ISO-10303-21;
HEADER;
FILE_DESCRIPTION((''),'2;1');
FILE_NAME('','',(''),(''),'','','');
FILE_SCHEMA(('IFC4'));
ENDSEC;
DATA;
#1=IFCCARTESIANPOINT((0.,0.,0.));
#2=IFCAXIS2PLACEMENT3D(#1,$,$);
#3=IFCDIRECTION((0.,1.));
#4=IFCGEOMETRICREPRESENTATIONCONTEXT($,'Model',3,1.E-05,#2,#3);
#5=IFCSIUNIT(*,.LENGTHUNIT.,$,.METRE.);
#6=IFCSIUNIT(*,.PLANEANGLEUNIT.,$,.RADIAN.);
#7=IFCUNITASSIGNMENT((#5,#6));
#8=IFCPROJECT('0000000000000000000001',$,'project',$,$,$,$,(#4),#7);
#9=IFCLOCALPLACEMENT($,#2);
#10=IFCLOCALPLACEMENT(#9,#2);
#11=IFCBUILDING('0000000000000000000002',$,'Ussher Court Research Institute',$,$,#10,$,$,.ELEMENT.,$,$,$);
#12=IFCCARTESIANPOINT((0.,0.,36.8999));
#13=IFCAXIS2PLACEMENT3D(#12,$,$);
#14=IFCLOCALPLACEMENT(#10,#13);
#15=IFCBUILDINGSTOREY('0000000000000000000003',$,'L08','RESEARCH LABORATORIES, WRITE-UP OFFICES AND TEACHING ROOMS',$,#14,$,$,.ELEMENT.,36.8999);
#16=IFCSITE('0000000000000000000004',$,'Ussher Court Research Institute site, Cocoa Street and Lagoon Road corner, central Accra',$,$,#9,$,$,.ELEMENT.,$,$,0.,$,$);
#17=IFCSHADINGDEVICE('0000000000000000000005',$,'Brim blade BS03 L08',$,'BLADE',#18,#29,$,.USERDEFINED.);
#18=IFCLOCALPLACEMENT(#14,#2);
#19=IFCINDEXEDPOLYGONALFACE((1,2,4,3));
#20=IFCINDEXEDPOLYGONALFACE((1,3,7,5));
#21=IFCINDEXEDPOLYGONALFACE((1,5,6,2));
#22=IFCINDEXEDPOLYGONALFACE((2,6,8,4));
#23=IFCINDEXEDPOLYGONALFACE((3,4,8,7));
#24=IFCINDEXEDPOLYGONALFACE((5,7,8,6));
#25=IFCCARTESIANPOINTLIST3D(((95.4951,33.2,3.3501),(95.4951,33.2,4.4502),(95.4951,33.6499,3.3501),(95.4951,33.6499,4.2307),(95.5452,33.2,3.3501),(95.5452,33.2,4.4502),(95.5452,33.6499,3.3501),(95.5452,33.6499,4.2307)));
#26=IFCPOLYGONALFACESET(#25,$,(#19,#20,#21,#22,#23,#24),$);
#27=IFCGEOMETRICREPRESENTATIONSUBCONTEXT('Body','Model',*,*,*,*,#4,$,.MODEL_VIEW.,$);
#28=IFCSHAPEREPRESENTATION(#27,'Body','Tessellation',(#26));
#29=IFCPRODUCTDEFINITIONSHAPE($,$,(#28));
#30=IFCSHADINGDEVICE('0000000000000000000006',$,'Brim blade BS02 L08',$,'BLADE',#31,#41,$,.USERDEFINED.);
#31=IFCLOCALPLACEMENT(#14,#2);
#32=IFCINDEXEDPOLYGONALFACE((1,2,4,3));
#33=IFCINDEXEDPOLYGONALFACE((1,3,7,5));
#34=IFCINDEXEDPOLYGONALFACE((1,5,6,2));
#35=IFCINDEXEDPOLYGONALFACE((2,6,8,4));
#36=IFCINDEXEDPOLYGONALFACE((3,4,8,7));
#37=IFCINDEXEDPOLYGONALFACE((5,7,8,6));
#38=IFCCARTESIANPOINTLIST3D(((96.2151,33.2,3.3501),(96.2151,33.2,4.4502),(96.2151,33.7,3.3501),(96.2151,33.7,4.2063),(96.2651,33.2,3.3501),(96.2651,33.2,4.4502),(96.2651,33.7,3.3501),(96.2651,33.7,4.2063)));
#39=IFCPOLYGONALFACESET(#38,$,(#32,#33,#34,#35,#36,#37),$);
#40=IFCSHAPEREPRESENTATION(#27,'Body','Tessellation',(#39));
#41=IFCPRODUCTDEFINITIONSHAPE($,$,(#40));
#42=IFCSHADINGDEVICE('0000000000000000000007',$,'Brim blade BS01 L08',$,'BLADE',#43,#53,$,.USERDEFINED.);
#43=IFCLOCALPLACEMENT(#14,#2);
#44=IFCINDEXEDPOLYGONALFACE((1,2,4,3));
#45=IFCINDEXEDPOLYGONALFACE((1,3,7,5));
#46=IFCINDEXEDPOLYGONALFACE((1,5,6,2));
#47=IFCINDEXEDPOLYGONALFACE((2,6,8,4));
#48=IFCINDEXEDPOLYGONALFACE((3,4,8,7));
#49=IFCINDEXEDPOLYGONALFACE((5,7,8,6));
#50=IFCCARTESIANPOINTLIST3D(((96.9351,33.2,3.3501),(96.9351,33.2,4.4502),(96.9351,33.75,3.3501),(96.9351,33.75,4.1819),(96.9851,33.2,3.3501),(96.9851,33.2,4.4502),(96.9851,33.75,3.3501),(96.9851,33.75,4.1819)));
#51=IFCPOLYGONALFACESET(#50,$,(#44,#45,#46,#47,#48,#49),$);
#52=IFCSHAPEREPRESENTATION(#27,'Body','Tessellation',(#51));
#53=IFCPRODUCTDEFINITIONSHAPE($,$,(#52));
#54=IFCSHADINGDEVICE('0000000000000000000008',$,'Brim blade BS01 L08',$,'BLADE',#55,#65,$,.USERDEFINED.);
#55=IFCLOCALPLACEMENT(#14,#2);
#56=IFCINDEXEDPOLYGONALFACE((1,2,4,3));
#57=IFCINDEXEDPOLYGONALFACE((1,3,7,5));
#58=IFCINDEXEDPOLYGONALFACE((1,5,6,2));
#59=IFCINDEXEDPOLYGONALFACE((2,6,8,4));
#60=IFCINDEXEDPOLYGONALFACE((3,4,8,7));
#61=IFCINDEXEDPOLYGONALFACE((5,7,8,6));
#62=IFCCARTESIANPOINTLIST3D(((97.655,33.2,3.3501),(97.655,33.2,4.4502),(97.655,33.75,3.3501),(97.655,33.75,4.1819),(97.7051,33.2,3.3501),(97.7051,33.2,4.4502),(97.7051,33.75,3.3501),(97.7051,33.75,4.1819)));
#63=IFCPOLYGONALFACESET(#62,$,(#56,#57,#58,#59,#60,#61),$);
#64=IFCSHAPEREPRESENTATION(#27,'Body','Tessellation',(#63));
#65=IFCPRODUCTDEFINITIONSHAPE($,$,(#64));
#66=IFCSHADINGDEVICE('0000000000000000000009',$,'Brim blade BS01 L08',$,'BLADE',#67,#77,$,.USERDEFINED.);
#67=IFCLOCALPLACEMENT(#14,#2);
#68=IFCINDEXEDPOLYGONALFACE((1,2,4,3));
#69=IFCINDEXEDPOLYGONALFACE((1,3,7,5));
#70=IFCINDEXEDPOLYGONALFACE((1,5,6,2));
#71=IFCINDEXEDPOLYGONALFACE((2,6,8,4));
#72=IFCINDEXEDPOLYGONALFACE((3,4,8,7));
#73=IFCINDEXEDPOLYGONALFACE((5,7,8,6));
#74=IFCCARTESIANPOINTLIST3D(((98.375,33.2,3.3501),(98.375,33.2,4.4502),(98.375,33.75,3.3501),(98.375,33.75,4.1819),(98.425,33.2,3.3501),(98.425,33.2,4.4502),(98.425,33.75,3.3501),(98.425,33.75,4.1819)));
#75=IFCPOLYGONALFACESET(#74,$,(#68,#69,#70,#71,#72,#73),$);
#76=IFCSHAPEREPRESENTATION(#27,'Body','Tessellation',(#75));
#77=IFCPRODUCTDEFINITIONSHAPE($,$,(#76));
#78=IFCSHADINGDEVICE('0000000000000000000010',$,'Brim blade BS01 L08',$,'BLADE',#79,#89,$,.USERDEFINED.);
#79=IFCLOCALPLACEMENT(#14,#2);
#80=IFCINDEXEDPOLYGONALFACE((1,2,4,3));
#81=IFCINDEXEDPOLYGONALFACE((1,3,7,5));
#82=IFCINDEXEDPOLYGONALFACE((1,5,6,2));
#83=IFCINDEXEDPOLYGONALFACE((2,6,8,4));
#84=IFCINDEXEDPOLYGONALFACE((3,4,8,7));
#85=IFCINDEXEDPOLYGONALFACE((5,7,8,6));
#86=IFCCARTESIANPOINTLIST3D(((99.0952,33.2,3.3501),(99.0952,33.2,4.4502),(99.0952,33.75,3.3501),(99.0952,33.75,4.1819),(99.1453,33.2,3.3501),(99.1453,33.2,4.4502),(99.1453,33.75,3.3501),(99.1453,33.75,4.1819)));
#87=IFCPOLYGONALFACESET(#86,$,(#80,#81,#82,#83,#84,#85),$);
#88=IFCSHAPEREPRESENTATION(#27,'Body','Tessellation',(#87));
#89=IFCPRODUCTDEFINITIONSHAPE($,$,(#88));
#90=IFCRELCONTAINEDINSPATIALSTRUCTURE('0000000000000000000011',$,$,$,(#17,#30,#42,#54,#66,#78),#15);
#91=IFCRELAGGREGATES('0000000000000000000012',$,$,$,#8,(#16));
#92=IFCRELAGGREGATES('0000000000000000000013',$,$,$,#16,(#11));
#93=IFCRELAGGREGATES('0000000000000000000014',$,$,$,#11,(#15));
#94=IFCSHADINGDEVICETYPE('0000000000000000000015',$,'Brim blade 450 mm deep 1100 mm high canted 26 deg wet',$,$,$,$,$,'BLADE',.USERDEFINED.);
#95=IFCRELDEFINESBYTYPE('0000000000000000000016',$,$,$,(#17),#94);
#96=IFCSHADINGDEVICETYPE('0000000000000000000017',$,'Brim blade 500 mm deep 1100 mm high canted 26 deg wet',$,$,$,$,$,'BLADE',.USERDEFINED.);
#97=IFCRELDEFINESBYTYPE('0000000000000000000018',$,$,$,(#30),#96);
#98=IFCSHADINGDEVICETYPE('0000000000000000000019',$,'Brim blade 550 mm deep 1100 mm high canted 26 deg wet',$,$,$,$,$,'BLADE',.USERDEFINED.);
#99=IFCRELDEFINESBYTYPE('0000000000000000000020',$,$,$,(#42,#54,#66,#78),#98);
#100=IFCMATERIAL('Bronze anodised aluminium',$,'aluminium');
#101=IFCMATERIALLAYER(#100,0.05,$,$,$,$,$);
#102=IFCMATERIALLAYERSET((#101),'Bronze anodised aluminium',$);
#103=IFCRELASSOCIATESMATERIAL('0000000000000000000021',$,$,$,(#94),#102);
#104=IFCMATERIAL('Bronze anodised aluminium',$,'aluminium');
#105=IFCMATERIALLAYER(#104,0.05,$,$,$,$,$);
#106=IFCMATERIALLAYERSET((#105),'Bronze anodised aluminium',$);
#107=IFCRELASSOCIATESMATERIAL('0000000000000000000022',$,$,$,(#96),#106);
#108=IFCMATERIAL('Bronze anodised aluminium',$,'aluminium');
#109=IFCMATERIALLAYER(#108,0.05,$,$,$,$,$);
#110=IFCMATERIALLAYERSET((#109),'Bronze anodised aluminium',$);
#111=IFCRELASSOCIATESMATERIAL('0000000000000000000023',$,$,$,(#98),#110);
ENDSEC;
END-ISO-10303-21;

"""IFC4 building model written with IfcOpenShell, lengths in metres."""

from ifc_helpers import new_model, si_unit, direction, frame, origin, place, context, subcontext, project, spatial, polyline, outline, extrude, material, layer, layer_set, type_object, element, save


model = new_model("IFC4")

# Units and contexts
model_context = context("Model", 3, precision=1e-05, world=origin(), true_north=direction((0.0, 1.0)))
body_context = subcontext(model_context, "Body", "Model", "MODEL_VIEW")
ifc_project = project(units=[si_unit("LENGTHUNIT", "METRE"), si_unit("PLANEANGLEUNIT", "RADIAN")], contexts=[model_context])

# Site, building, storey
site_placement = place(None, origin())
site = spatial("IfcSite", under=ifc_project, at=site_placement, Name="Ussher Court Research Institute site, Cocoa Street and Lagoon Road corner, central Accra", CompositionType="ELEMENT", RefElevation=0.0)
building_placement = place(site_placement, origin())
building = spatial("IfcBuilding", under=site, at=building_placement, Name="Ussher Court Research Institute", CompositionType="ELEMENT")
storey_placement = place(building_placement, frame((0.0, 0.0, 36.8999)))
storey = spatial("IfcBuildingStorey", under=building, at=storey_placement, Name="L08", Description="RESEARCH LABORATORIES, WRITE-UP OFFICES AND TEACHING ROOMS", CompositionType="ELEMENT", Elevation=36.8999)

# Shading devices
ifc_material_1 = material(Name="Bronze anodised aluminium", Category="aluminium")
ifc_layer_1 = layer(ifc_material_1, 0.05)
ifc_layer_set_1 = layer_set([ifc_layer_1], Name="Bronze anodised aluminium")
shading_device_type_1 = type_object("IfcShadingDeviceType", Name="Brim blade 450 mm deep 1100 mm high canted 26 deg wet", ElementType="BLADE", PredefinedType="USERDEFINED", material=ifc_layer_set_1)
for number, where, z_axis, x_axis, name in (
    (1, (95.52, 33.2, 3.3501), (0.0, 0.0, 1.0), (0.0, 1.0, 0.0), "Brim blade BS03 L08"),
):
    element("IfcShadingDevice", number, at=place(storey_placement, frame(where, z_axis=z_axis, x_axis=x_axis)), inside=storey, type_object=shading_device_type_1, Name=name, ObjectType="BLADE", PredefinedType="USERDEFINED", context=body_context, shape_type="SweptSolid", body=[
        extrude(outline(polyline([(0.0, 0.0), (0.45, 0.0), (0.45, 0.8806), (0.0, 1.1001), (0.0, 0.0)])), frame((0.0, 0.0249, 0.0), z_axis=(0.0, -1.0, 0.0), x_axis=(1.0, 0.0, 0.0)), (0.0, 0.0, 1.0), 0.05),
    ])
ifc_material_2 = material(Name="Bronze anodised aluminium", Category="aluminium")
ifc_layer_2 = layer(ifc_material_2, 0.05)
ifc_layer_set_2 = layer_set([ifc_layer_2], Name="Bronze anodised aluminium")
shading_device_type_2 = type_object("IfcShadingDeviceType", Name="Brim blade 500 mm deep 1100 mm high canted 26 deg wet", ElementType="BLADE", PredefinedType="USERDEFINED", material=ifc_layer_set_2)
shading_device_1_placement = place(storey_placement, frame((96.24, 33.2, 3.3501), z_axis=(0.0, 0.0, 1.0), x_axis=(0.0, 1.0, 0.0)))
element("IfcShadingDevice", 2, at=shading_device_1_placement, inside=storey, type_object=shading_device_type_2, Name="Brim blade BS02 L08", ObjectType="BLADE", PredefinedType="USERDEFINED", context=body_context, shape_type="SweptSolid", body=[
    extrude(outline(polyline([(0.0, 0.0), (0.5, 0.0), (0.5, 0.8562), (0.0, 1.1001), (0.0, 0.0)])), frame((0.0, 0.0249, 0.0), z_axis=(0.0, -1.0, 0.0), x_axis=(1.0, 0.0, 0.0)), (0.0, 0.0, 1.0), 0.05),
])
ifc_material_3 = material(Name="Bronze anodised aluminium", Category="aluminium")
ifc_layer_3 = layer(ifc_material_3, 0.05)
ifc_layer_set_3 = layer_set([ifc_layer_3], Name="Bronze anodised aluminium")
shading_device_type_3 = type_object("IfcShadingDeviceType", Name="Brim blade 550 mm deep 1100 mm high canted 26 deg wet", ElementType="BLADE", PredefinedType="USERDEFINED", material=ifc_layer_set_3)
for number, where, z_axis, x_axis, name in (
    (3, (96.96, 33.2, 3.3501), (0.0, 0.0, 1.0), (0.0, 1.0, 0.0), "Brim blade BS01 L08"),
    (4, (97.6799, 33.2, 3.3501), (0.0, 0.0, 1.0), (0.0, 1.0, 0.0), "Brim blade BS01 L08"),
    (5, (98.3999, 33.2, 3.3501), (0.0, 0.0, 1.0), (0.0, 1.0, 0.0), "Brim blade BS01 L08"),
    (6, (99.1201, 33.2, 3.3501), (0.0, 0.0, 1.0), (0.0, 1.0, 0.0), "Brim blade BS01 L08"),
):
    element("IfcShadingDevice", number, at=place(storey_placement, frame(where, z_axis=z_axis, x_axis=x_axis)), inside=storey, type_object=shading_device_type_3, Name=name, ObjectType="BLADE", PredefinedType="USERDEFINED", context=body_context, shape_type="SweptSolid", body=[
        extrude(outline(polyline([(0.0, 0.0), (0.55, 0.0), (0.55, 0.8318), (0.0, 1.1001), (0.0, 0.0)])), frame((0.0, 0.0249, 0.0), z_axis=(0.0, -1.0, 0.0), x_axis=(1.0, 0.0, 0.0)), (0.0, 0.0, 1.0), 0.05),
    ])

save(model, "model.ifc")
